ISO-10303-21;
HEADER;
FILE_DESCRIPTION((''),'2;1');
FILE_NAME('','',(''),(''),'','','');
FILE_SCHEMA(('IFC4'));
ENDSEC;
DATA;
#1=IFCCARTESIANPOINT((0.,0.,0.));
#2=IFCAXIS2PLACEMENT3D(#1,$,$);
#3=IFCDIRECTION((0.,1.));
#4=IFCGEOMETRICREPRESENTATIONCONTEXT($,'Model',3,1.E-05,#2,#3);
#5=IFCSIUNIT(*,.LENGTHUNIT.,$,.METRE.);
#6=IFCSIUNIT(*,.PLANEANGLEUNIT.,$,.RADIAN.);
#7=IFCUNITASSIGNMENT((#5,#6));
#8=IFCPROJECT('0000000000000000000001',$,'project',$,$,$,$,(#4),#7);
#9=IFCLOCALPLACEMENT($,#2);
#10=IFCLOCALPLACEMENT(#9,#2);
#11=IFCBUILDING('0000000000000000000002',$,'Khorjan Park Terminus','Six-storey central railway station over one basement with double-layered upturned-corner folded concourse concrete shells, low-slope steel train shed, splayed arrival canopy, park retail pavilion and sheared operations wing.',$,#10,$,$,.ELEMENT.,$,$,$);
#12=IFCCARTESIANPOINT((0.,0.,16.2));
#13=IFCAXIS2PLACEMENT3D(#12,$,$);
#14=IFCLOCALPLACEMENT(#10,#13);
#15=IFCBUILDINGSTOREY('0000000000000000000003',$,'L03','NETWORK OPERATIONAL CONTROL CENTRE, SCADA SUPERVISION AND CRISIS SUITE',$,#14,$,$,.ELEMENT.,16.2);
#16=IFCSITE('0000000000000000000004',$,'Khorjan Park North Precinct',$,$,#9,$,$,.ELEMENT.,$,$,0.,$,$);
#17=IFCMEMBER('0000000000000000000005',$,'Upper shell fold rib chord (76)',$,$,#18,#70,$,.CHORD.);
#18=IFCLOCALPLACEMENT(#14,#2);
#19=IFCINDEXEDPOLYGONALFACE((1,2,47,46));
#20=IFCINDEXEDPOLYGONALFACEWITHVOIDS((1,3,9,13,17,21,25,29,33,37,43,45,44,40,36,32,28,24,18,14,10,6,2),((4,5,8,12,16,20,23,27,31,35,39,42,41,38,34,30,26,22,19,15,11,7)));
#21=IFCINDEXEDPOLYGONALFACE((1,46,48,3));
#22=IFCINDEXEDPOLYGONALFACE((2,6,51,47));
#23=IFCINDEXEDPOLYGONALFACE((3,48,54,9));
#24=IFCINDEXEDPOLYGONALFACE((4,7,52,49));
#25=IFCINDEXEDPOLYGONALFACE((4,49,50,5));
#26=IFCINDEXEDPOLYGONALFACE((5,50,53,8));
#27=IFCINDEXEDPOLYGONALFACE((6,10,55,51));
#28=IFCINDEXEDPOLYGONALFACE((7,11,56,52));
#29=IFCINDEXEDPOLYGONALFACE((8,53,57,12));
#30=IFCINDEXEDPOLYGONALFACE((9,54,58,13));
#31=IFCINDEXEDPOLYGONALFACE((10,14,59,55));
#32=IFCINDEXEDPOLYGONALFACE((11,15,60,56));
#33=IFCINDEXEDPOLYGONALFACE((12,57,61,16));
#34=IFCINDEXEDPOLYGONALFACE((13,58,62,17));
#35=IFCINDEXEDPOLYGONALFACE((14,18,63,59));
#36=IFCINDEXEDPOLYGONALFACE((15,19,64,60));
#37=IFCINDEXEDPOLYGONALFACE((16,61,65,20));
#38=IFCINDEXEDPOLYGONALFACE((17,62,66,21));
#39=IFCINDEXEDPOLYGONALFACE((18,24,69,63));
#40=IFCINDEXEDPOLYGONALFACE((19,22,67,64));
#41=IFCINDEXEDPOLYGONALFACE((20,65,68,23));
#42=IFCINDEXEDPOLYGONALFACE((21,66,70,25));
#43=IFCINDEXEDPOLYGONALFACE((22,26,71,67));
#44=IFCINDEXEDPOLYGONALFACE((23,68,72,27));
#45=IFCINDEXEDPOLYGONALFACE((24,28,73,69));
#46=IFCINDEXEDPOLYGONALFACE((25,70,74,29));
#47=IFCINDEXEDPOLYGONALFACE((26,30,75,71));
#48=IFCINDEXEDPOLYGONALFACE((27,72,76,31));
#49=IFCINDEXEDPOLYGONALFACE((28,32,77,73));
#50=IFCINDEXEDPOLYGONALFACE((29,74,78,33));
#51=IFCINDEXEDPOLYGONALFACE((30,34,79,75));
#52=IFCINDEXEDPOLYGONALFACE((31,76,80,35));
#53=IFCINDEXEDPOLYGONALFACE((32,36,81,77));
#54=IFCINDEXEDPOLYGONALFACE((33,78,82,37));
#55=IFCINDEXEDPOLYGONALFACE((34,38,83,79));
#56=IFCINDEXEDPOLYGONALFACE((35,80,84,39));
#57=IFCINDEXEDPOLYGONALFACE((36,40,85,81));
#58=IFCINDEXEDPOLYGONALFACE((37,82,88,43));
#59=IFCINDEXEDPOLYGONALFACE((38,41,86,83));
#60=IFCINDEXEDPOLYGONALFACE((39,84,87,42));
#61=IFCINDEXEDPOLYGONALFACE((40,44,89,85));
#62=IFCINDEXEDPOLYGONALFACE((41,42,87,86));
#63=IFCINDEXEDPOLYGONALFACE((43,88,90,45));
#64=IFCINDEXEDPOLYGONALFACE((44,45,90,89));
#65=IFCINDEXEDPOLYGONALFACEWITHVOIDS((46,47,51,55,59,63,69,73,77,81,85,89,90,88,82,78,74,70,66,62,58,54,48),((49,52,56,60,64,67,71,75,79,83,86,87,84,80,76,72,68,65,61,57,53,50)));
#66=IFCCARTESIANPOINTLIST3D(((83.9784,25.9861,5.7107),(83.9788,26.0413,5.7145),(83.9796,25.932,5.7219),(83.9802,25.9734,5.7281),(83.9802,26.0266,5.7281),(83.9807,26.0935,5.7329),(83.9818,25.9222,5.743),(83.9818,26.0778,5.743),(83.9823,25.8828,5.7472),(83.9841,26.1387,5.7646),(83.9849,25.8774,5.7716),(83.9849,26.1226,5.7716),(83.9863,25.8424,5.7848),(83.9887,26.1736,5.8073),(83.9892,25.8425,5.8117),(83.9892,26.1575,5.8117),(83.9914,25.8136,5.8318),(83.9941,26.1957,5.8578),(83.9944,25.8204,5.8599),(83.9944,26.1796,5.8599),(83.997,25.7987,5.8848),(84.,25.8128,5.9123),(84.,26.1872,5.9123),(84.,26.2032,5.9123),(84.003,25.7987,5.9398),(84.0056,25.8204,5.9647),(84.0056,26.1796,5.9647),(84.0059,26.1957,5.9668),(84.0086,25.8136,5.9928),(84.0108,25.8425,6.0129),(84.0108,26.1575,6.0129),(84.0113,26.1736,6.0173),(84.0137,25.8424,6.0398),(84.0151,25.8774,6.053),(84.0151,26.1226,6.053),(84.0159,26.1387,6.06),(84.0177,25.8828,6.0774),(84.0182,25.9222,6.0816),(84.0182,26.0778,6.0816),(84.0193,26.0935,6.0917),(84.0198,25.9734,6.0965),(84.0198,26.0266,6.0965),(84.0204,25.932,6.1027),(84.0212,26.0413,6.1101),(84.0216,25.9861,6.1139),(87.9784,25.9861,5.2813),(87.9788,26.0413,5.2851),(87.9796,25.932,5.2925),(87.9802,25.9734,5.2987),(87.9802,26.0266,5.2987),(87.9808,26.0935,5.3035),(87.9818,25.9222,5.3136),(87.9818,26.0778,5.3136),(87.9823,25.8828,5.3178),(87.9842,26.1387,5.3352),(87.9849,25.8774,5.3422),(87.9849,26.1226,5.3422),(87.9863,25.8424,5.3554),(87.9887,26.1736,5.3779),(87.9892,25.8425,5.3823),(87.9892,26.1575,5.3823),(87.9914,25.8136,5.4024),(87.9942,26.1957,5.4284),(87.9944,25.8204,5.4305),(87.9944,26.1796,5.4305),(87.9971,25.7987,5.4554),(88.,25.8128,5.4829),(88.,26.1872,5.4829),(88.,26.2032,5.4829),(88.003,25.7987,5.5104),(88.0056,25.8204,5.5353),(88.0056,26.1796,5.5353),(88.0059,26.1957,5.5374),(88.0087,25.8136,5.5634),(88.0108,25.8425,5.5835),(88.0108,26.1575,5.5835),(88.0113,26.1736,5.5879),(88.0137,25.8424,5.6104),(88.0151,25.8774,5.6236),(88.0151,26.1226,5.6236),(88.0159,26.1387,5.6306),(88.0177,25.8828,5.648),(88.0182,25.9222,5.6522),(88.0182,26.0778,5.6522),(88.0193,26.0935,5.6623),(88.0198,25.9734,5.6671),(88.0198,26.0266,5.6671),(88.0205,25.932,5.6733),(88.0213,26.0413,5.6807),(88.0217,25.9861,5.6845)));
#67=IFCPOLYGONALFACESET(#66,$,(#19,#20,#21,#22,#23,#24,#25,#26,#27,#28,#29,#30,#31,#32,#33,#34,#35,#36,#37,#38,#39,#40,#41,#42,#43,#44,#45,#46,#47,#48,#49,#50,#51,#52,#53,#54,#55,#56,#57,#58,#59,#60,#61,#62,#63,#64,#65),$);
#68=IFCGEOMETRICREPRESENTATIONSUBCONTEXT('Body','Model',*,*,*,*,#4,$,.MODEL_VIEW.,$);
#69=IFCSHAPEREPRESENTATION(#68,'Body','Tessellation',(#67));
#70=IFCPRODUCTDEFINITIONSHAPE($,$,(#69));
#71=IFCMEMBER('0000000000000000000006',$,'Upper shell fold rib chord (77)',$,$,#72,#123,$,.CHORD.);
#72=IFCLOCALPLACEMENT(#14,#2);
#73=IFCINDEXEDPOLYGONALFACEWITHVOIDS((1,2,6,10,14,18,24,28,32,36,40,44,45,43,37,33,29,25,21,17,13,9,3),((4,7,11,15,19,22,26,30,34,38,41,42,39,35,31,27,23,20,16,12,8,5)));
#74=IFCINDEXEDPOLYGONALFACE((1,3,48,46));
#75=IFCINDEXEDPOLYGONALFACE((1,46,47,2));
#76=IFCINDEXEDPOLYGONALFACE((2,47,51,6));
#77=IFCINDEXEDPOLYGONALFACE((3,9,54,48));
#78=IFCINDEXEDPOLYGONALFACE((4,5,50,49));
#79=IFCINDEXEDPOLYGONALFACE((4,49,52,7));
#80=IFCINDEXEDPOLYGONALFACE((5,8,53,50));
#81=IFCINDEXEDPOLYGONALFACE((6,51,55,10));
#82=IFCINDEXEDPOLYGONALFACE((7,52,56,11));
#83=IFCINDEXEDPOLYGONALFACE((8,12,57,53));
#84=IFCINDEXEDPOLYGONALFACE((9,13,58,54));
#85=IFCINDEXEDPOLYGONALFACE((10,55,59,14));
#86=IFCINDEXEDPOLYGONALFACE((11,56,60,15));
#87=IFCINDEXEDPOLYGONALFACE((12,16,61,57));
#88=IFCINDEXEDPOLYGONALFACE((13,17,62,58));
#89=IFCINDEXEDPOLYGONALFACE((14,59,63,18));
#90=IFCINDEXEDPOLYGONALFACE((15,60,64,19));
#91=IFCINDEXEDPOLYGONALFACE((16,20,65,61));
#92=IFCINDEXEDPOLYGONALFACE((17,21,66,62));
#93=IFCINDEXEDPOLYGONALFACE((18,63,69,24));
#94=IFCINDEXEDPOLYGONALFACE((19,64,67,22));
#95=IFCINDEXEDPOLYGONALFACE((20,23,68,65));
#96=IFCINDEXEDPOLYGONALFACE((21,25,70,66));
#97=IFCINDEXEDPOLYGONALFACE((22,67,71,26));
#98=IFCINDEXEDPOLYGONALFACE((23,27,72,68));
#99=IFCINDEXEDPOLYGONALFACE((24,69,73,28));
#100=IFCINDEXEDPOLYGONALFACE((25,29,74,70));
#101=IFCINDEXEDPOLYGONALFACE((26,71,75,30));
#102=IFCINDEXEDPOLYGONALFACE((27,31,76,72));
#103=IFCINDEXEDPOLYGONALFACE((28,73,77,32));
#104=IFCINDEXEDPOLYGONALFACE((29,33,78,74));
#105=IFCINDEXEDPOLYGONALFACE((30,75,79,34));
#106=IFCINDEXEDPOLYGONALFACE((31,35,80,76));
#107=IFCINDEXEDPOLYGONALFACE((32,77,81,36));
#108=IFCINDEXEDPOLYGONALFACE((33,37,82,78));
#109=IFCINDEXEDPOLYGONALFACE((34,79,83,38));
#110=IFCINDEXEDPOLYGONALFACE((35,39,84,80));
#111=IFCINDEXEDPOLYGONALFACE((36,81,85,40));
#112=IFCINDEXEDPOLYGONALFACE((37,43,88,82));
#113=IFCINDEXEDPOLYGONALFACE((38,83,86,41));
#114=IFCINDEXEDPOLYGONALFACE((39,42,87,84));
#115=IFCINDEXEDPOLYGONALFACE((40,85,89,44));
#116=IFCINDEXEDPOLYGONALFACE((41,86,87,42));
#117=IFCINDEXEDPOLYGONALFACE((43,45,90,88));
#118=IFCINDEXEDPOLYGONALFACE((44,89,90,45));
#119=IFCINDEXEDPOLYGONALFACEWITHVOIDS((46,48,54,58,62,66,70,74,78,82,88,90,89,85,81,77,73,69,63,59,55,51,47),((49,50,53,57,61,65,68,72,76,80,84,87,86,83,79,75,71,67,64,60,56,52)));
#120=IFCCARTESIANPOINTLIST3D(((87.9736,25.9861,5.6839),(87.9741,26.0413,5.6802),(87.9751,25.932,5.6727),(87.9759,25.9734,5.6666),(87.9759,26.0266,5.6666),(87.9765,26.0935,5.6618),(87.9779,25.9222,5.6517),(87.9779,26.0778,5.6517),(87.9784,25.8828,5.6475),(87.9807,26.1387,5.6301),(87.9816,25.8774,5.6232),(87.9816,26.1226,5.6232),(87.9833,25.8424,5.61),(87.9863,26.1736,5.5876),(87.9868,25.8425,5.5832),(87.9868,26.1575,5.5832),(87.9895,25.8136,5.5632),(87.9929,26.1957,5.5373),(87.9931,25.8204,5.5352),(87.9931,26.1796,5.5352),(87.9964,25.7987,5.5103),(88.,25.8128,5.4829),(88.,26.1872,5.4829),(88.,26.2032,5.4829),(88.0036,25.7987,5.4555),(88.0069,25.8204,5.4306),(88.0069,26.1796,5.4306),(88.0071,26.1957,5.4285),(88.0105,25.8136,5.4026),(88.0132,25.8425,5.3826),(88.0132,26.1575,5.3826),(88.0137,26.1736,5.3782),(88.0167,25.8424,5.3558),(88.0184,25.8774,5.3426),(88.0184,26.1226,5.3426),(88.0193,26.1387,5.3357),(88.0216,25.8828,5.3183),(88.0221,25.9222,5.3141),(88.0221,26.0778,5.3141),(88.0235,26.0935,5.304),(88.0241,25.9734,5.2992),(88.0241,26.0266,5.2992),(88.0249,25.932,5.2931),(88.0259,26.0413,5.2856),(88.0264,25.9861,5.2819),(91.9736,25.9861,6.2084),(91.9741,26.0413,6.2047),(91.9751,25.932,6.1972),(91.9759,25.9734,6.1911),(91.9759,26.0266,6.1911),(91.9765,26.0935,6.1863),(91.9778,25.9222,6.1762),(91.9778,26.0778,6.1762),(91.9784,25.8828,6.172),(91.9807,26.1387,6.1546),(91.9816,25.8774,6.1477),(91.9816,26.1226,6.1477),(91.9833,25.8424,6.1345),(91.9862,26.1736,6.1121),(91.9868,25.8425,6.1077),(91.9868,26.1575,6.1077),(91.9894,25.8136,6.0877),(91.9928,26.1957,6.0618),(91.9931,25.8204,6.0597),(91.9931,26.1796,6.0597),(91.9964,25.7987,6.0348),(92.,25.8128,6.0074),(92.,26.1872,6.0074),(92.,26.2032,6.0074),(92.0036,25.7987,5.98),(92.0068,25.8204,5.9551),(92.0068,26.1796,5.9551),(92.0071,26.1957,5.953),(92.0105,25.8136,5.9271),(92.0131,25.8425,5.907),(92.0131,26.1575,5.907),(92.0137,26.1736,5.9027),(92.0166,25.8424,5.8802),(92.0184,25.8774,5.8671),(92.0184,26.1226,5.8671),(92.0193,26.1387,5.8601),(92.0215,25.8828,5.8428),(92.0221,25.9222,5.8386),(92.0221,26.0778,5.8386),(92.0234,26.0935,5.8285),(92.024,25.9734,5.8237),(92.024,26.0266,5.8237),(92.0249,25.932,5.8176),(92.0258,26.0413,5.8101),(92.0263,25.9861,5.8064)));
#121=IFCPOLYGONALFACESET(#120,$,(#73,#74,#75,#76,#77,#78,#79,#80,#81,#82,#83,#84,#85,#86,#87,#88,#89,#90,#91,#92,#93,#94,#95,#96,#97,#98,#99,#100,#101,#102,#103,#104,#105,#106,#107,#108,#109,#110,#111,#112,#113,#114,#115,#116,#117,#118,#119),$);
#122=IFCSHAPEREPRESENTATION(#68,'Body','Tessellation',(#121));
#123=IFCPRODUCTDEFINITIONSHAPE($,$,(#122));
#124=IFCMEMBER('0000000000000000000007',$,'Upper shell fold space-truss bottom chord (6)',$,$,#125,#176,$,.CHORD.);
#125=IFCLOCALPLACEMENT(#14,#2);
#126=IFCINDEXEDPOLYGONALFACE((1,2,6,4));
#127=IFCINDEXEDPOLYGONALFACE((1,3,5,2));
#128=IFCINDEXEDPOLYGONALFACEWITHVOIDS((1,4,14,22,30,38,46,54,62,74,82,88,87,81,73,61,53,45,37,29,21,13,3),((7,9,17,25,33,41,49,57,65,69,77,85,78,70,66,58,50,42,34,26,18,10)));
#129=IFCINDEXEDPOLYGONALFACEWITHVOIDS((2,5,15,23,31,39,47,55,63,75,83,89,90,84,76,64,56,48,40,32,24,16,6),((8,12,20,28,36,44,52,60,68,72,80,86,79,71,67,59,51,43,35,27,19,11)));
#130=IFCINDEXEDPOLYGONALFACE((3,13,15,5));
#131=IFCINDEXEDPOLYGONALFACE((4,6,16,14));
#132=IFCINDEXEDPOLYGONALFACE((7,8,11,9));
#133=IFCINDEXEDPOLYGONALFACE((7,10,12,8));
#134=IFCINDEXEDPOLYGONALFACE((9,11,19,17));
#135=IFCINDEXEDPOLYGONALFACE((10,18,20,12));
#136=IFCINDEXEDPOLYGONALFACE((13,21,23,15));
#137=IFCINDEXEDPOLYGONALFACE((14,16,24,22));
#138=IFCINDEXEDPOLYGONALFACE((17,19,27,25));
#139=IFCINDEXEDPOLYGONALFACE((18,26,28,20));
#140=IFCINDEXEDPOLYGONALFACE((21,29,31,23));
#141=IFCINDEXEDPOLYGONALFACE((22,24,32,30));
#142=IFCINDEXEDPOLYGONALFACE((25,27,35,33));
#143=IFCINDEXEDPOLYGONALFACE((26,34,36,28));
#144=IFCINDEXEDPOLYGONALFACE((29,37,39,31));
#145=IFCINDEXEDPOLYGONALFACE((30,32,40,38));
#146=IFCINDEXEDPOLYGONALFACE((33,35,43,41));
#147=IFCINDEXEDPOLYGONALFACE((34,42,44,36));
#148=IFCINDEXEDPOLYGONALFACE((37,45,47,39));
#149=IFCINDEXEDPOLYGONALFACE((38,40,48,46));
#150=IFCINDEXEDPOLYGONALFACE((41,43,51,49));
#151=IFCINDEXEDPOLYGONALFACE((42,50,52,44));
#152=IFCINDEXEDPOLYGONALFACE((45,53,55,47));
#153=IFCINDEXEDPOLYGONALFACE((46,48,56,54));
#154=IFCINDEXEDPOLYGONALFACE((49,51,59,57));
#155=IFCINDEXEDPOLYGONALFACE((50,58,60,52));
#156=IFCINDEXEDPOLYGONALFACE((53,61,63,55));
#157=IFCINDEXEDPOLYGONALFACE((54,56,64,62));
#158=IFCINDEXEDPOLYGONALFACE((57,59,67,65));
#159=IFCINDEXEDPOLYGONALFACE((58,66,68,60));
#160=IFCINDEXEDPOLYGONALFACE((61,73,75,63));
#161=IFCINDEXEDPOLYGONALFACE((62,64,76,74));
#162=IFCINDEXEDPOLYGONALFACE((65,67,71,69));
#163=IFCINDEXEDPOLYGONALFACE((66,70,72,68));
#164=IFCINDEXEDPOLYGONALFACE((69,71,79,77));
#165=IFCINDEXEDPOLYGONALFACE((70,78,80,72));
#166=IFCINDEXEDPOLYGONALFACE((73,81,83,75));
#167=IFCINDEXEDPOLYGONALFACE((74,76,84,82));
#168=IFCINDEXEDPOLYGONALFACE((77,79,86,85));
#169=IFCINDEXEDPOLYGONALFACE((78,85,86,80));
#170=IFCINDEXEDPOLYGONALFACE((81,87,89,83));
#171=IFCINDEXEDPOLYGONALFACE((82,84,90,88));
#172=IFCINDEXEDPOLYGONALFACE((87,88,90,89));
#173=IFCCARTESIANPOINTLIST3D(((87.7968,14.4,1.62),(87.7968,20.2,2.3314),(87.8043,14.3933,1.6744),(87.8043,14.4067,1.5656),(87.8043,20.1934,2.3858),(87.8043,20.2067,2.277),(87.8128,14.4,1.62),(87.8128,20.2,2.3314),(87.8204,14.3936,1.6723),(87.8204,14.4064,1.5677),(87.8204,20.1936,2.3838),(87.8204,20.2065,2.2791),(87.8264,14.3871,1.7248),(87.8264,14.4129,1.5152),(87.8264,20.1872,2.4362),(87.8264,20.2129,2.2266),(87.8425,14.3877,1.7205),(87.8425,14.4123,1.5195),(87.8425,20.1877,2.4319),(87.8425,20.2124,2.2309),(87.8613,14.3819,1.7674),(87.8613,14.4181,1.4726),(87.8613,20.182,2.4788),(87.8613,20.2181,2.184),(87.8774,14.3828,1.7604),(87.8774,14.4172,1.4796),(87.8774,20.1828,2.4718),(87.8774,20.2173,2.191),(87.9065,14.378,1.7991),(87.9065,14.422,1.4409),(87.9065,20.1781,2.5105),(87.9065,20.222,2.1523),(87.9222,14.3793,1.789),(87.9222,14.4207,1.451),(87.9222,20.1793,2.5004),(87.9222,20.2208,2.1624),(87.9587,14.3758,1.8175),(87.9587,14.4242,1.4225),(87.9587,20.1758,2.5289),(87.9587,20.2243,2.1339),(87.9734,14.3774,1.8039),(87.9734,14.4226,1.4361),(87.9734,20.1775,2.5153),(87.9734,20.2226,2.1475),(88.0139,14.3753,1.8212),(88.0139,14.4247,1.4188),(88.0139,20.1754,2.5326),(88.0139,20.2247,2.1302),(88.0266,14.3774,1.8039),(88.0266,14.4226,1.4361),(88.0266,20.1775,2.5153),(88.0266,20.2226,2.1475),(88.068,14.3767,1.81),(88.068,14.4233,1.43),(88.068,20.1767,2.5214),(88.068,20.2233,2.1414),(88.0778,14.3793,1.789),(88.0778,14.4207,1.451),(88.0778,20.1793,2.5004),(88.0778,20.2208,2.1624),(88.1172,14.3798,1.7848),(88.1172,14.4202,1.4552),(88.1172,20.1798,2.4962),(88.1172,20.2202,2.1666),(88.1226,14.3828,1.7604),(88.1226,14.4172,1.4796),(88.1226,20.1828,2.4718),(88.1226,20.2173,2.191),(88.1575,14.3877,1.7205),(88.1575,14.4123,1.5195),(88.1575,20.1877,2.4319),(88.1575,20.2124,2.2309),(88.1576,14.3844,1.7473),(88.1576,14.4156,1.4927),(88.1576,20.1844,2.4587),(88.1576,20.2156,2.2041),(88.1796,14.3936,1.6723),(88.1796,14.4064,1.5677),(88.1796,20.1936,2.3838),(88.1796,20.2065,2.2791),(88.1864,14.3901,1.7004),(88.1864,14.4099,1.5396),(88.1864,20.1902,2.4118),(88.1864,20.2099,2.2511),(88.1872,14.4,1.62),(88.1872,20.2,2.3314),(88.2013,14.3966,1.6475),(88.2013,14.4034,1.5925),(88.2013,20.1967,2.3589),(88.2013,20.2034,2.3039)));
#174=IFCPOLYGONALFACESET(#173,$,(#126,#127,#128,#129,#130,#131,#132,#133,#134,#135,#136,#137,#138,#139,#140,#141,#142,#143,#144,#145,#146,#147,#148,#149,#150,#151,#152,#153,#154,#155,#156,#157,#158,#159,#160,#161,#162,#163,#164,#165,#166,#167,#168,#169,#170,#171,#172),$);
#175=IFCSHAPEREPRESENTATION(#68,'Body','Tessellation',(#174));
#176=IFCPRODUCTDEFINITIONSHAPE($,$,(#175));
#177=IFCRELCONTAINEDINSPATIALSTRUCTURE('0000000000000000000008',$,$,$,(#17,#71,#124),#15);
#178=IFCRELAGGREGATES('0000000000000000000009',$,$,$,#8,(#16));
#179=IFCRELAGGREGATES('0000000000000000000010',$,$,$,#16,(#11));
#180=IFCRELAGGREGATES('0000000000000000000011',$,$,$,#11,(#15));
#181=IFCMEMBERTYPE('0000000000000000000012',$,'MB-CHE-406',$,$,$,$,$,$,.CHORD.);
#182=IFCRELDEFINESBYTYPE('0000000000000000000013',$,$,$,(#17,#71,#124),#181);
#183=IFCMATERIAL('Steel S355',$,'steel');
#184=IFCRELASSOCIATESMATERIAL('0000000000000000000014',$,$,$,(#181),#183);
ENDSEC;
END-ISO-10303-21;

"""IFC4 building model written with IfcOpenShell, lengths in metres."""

from ifc_helpers import new_model, si_unit, direction, frame, origin, origin_2d, place, context, subcontext, project, spatial, hollow_circle, extrude, material, material_profile, profile_set, type_object, element, save


model = new_model("IFC4")

# Units and contexts
model_context = context("Model", 3, precision=1e-05, world=origin(), true_north=direction((0.0, 1.0)))
body_context = subcontext(model_context, "Body", "Model", "MODEL_VIEW")
ifc_project = project(units=[si_unit("LENGTHUNIT", "METRE"), si_unit("PLANEANGLEUNIT", "RADIAN")], contexts=[model_context])

# Site, building, storey
site_placement = place(None, origin())
site = spatial("IfcSite", under=ifc_project, at=site_placement, Name="Khorjan Park North Precinct", CompositionType="ELEMENT", RefElevation=0.0)
building_placement = place(site_placement, origin())
building = spatial("IfcBuilding", under=site, at=building_placement, Name="Khorjan Park Terminus", Description="Six-storey central railway station over one basement with double-layered upturned-corner folded concourse concrete shells, low-slope steel train shed, splayed arrival canopy, park retail pavilion and sheared operations wing.", CompositionType="ELEMENT")
storey_placement = place(building_placement, frame((0.0, 0.0, 16.2)))
storey = spatial("IfcBuildingStorey", under=building, at=storey_placement, Name="L03", Description="NETWORK OPERATIONAL CONTROL CENTRE, SCADA SUPERVISION AND CRISIS SUITE", CompositionType="ELEMENT", Elevation=16.2)

# Members
ifc_material_1 = material(Name="Steel S355", Category="steel")
ifc_material_profile_1 = material_profile(ifc_material_1, hollow_circle(Radius=0.2032, WallThickness=0.016, at=origin_2d()), Name="CHS 406.4x16")
ifc_profile_set_1 = profile_set([ifc_material_profile_1], Name="Steel S355")
member_type_1 = type_object("IfcMemberType", Name="MB-CHE-406", PredefinedType="CHORD", material=ifc_profile_set_1)
member_1_placement = place(storey_placement, frame((84.0, 26.0, 5.9123), z_axis=(0.994287, 0.0, -0.106737), x_axis=(0.0, 1.0, 0.0)))
element("IfcMember", 1, at=member_1_placement, inside=storey, type_object=member_type_1, Name="Upper shell fold rib chord (76)", PredefinedType="CHORD", context=body_context, shape_type="SweptSolid", body=[
    extrude(hollow_circle(Radius=0.2032, WallThickness=0.016, at=origin_2d()), origin(), (0.0, 0.0, 1.0), 4.023),
])
member_2_placement = place(storey_placement, frame((88.0, 26.0, 5.4829), z_axis=(0.991512, 0.0, 0.130012), x_axis=(0.0, 1.0, 0.0)))
element("IfcMember", 2, at=member_2_placement, inside=storey, type_object=member_type_1, Name="Upper shell fold rib chord (77)", PredefinedType="CHORD", context=body_context, shape_type="SweptSolid", body=[
    extrude(hollow_circle(Radius=0.2032, WallThickness=0.016, at=origin_2d()), origin(), (0.0, 0.0, 1.0), 4.0342),
])
for number, where, z_axis, x_axis, name in (
    (3, (88.0, 14.4, 1.62), (0.0, 0.992562, 0.121743), (-1.0, 0.0, 0.0), "Upper shell fold space-truss bottom chord (6)"),
):
    element("IfcMember", number, at=place(storey_placement, frame(where, z_axis=z_axis, x_axis=x_axis)), inside=storey, type_object=member_type_1, Name=name, PredefinedType="CHORD", context=body_context, shape_type="SweptSolid", body=[
        extrude(hollow_circle(Radius=0.2032, WallThickness=0.016, at=origin_2d()), origin(), (0.0, 0.0, 1.0), 5.8435),
    ])

save(model, "model.ifc")
